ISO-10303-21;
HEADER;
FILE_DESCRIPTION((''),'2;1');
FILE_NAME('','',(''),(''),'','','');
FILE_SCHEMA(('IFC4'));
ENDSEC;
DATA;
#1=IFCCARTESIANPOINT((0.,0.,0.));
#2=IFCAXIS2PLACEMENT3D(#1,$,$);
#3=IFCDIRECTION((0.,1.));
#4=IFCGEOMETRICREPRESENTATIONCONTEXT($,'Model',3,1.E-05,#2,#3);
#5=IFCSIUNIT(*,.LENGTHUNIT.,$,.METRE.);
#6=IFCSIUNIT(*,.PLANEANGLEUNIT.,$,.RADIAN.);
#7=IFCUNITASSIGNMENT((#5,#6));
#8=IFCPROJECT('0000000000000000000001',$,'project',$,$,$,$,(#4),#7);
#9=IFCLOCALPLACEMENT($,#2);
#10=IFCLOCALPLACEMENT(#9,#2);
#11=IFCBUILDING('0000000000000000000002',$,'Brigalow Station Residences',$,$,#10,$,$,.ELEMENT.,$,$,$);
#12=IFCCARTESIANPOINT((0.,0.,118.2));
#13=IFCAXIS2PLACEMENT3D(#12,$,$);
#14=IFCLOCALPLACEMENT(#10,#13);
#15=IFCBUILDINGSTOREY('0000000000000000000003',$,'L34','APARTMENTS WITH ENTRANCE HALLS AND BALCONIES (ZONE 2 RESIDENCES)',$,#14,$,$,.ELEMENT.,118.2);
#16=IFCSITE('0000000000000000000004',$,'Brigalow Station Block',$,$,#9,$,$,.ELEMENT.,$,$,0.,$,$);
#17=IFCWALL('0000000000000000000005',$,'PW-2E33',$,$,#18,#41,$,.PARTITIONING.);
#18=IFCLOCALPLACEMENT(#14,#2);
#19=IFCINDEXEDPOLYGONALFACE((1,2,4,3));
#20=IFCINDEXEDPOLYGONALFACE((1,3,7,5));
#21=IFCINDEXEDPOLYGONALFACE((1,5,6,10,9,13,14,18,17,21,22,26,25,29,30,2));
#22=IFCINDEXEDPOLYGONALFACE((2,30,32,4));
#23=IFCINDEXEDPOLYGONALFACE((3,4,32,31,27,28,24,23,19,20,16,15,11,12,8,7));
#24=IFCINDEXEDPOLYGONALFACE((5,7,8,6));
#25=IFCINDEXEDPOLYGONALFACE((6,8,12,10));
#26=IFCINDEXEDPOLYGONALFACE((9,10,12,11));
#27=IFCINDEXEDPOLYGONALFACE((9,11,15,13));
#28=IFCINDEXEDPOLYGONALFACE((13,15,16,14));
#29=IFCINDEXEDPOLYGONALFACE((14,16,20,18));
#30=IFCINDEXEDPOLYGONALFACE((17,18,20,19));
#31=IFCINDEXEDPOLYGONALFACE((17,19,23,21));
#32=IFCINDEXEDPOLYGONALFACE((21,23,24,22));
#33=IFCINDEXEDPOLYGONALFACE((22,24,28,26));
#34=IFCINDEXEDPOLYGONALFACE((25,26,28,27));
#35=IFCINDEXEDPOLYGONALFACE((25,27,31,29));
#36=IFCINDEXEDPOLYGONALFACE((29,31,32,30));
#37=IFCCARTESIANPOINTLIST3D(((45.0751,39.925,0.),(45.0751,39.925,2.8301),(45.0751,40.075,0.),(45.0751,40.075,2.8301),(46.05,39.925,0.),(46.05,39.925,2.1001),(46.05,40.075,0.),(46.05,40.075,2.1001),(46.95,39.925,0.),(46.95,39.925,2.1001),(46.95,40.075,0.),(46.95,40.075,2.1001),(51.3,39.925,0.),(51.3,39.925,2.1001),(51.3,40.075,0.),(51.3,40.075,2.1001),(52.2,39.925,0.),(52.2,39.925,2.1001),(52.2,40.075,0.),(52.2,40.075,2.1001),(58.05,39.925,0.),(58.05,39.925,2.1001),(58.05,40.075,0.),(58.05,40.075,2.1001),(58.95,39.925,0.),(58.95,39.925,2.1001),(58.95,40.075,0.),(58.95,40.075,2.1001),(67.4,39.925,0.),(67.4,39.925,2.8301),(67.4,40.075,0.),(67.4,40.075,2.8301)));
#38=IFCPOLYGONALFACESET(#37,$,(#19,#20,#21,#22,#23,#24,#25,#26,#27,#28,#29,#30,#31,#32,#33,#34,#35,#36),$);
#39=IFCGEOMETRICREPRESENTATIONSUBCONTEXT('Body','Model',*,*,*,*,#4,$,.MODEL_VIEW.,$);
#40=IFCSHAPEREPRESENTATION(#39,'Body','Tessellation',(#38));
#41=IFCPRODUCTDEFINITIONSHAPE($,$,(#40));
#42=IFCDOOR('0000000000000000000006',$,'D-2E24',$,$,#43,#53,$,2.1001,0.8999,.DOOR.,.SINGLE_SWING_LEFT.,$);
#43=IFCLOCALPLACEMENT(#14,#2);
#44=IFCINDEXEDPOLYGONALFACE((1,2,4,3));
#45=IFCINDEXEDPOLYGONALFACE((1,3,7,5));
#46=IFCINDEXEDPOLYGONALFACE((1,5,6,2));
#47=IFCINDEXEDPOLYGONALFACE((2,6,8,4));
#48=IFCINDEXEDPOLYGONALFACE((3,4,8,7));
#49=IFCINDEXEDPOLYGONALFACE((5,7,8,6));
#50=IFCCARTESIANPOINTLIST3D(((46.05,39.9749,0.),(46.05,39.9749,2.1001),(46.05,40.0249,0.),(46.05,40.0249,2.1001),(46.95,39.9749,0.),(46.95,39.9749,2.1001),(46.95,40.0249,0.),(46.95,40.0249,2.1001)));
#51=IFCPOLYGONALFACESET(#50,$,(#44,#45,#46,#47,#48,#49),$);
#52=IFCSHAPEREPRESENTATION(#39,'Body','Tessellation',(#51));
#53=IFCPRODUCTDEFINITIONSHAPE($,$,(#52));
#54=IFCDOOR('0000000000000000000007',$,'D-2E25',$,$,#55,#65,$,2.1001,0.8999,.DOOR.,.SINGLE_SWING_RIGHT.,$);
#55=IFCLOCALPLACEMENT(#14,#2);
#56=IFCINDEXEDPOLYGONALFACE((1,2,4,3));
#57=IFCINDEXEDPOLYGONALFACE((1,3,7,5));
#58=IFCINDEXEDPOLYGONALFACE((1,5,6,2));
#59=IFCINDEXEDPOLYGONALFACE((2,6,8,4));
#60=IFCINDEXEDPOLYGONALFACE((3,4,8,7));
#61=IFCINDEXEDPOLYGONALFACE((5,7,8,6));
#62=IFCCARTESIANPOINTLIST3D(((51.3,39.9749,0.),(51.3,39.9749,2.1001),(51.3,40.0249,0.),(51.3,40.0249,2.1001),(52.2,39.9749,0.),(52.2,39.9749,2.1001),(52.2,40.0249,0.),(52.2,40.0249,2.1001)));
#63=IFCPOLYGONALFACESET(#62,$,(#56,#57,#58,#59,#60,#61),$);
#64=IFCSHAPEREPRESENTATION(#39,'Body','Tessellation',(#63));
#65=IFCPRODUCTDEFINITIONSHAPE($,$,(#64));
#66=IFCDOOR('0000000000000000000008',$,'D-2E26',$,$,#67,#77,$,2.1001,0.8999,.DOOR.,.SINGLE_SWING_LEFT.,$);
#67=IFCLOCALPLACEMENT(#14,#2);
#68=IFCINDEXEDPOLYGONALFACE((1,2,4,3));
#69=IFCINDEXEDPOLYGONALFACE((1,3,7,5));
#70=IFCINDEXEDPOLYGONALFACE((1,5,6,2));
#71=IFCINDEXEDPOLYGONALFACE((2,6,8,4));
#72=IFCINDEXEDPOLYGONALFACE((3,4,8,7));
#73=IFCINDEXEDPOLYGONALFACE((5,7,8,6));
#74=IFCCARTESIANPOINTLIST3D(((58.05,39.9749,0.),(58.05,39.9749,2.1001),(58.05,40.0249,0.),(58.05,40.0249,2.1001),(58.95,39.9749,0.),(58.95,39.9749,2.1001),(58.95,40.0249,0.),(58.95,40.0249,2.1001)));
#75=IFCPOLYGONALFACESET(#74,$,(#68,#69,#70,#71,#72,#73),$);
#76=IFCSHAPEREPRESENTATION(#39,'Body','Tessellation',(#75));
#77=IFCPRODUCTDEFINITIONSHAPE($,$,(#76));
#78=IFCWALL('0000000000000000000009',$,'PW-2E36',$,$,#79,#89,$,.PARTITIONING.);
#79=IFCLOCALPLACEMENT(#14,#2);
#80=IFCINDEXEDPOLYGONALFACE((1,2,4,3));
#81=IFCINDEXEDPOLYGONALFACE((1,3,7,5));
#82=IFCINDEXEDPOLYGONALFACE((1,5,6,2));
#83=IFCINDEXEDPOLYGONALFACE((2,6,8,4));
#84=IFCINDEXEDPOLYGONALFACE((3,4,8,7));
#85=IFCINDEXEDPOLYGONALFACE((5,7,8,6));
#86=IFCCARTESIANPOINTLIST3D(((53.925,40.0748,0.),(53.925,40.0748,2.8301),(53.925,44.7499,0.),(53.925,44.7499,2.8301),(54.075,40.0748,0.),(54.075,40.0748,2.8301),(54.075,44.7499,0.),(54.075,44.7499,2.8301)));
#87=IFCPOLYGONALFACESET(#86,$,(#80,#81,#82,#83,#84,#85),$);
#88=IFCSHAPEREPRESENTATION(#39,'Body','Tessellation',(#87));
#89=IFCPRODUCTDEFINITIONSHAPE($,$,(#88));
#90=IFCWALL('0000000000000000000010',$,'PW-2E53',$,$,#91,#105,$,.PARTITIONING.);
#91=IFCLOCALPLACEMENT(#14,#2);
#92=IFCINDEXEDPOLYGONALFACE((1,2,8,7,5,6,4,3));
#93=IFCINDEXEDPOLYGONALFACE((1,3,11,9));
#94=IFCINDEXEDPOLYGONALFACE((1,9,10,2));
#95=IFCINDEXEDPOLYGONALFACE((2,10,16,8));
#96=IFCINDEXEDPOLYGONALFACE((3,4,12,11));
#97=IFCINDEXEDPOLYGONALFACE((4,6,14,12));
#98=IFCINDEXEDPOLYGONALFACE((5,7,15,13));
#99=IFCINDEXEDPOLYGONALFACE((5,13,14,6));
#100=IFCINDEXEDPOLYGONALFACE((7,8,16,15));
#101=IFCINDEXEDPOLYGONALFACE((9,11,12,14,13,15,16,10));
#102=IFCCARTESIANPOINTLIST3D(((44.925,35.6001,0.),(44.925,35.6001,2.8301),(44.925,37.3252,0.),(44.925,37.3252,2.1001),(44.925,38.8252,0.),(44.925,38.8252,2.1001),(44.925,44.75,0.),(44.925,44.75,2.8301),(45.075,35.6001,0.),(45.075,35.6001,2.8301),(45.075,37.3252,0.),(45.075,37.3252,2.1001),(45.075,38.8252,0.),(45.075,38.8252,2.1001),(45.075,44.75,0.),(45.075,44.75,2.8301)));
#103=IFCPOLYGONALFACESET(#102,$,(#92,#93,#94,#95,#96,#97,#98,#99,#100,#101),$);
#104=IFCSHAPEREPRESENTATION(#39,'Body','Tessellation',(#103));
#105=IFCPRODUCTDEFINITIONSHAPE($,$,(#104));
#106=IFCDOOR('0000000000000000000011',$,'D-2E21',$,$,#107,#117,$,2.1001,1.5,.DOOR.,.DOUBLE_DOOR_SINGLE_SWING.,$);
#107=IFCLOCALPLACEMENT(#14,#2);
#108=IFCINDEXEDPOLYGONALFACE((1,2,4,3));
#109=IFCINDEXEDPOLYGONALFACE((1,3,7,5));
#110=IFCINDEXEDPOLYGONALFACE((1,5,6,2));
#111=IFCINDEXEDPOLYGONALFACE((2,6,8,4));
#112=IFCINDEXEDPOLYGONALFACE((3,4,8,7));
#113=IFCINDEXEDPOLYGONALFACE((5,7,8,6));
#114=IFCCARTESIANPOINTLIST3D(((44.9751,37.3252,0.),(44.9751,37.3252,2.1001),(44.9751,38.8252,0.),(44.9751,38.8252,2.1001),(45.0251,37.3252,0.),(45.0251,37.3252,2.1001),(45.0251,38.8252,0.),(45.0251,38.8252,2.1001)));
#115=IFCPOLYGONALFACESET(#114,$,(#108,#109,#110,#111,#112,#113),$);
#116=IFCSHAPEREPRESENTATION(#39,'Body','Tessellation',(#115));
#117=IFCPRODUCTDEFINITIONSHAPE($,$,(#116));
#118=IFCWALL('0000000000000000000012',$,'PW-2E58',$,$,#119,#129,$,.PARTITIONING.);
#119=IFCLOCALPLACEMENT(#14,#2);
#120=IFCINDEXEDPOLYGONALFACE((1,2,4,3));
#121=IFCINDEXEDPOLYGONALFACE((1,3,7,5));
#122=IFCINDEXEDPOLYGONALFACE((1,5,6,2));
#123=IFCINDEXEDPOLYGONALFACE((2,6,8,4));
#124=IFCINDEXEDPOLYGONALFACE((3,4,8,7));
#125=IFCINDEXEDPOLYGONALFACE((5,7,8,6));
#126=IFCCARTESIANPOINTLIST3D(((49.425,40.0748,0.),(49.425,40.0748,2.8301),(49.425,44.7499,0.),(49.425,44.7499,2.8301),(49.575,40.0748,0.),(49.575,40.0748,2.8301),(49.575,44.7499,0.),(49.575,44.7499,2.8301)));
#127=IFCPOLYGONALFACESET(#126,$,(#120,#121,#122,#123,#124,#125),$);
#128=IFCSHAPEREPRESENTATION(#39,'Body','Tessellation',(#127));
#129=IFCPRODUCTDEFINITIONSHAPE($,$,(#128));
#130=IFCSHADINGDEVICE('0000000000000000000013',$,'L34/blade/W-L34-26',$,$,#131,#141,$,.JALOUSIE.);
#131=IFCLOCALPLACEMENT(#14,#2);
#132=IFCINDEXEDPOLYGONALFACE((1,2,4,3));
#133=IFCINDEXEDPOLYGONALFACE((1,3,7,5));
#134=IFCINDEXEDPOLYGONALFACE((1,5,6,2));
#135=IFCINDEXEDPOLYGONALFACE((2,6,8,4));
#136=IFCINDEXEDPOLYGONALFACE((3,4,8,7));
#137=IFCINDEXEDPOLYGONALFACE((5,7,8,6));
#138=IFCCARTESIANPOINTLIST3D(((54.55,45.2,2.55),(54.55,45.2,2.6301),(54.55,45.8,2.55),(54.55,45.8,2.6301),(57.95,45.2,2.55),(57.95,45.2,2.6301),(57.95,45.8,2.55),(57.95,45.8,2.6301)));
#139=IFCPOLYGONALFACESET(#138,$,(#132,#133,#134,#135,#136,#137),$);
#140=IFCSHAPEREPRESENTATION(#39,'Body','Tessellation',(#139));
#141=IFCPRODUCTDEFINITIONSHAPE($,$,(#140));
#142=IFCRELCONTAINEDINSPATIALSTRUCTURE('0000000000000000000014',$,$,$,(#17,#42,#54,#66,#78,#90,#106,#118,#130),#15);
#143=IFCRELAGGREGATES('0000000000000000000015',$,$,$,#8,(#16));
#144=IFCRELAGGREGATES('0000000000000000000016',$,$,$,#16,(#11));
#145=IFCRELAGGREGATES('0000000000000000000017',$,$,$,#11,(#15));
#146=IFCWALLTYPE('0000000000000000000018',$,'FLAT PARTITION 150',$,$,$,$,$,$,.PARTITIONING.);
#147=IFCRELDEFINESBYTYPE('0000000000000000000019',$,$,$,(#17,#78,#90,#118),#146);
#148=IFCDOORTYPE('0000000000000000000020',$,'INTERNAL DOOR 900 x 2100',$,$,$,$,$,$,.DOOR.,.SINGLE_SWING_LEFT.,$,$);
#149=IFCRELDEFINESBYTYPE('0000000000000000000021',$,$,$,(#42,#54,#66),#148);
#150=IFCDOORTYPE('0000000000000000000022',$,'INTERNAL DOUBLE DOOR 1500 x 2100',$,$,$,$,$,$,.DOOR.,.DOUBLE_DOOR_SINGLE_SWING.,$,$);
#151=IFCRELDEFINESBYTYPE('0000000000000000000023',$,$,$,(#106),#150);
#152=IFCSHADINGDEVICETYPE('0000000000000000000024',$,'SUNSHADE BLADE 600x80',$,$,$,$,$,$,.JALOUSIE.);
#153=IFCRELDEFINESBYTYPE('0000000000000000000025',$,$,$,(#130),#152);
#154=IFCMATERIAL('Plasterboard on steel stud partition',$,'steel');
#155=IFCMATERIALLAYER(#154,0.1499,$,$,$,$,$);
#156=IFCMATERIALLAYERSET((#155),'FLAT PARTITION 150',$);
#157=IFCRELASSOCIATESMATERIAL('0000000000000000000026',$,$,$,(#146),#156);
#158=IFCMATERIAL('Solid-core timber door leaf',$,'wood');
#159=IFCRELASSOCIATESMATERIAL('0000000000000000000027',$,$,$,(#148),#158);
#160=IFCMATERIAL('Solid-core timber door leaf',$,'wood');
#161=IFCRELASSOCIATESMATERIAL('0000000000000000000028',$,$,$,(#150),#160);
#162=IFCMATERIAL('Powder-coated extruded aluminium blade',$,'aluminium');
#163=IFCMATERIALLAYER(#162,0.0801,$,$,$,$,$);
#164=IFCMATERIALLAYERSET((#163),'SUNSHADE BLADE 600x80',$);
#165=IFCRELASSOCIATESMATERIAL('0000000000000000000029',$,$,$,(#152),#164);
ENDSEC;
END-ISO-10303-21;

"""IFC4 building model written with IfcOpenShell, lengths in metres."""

from ifc_helpers import new_model, si_unit, direction, frame, frame_2d, origin, origin_2d, place, context, subcontext, project, spatial, rectangle, extrude, material, layer, layer_set, type_object, element, fill, save


model = new_model("IFC4")

# Units and contexts
model_context = context("Model", 3, precision=1e-05, world=origin(), true_north=direction((0.0, 1.0)))
body_context = subcontext(model_context, "Body", "Model", "MODEL_VIEW")
ifc_project = project(units=[si_unit("LENGTHUNIT", "METRE"), si_unit("PLANEANGLEUNIT", "RADIAN")], contexts=[model_context])

# Site, building, storey
site_placement = place(None, origin())
site = spatial("IfcSite", under=ifc_project, at=site_placement, Name="Brigalow Station Block", CompositionType="ELEMENT", RefElevation=0.0)
building_placement = place(site_placement, origin())
building = spatial("IfcBuilding", under=site, at=building_placement, Name="Brigalow Station Residences", CompositionType="ELEMENT")
storey_placement = place(building_placement, frame((0.0, 0.0, 118.2)))
storey = spatial("IfcBuildingStorey", under=building, at=storey_placement, Name="L34", Description="APARTMENTS WITH ENTRANCE HALLS AND BALCONIES (ZONE 2 RESIDENCES)", CompositionType="ELEMENT", Elevation=118.2)

# Wall, openings, doors
ifc_material_1 = material(Name="Plasterboard on steel stud partition", Category="steel")
ifc_layer_1 = layer(ifc_material_1, 0.1499)
ifc_layer_set_1 = layer_set([ifc_layer_1], Name="FLAT PARTITION 150")
wall_type_1 = type_object("IfcWallType", Name="FLAT PARTITION 150", PredefinedType="PARTITIONING", material=ifc_layer_set_1)
wall_1_placement = place(storey_placement, frame((45.075, 40.0, 0.0), z_axis=(0.0, 0.0, 1.0), x_axis=(1.0, 0.0, 0.0)))
wall_1 = element("IfcWall", 1, at=wall_1_placement, inside=storey, type_object=wall_type_1, Name="PW-2E33", PredefinedType="PARTITIONING", context=body_context, shape_type="SweptSolid", body=[
    extrude(rectangle(XDim=22.325, YDim=0.1499, at=frame_2d((11.1626, 0.0))), origin(), (0.0, 0.0, 1.0), 2.8301),
])
opening_1_placement = place(wall_1_placement, frame((0.9751, 0.0, 0.0)))
opening_1 = element("IfcOpeningElement", 2, at=opening_1_placement, cuts=wall_1, PredefinedType="OPENING", context=body_context, shape_type="SweptSolid", body=[
    extrude(rectangle(XDim=0.8999, YDim=2.1001, at=frame_2d((0.45, 1.05))), frame((0.0, 0.085, 0.0), z_axis=(0.0, -1.0, 0.0), x_axis=(1.0, 0.0, 0.0)), (0.0, 0.0, 1.0), 0.1699),
])
opening_2_placement = place(wall_1_placement, frame((6.2251, 0.0, 0.0)))
opening_2 = element("IfcOpeningElement", 3, at=opening_2_placement, cuts=wall_1, PredefinedType="OPENING", context=body_context, shape_type="SweptSolid", body=[
    extrude(rectangle(XDim=0.8999, YDim=2.1001, at=frame_2d((0.45, 1.05))), frame((0.0, 0.085, 0.0), z_axis=(0.0, -1.0, 0.0), x_axis=(1.0, 0.0, 0.0)), (0.0, 0.0, 1.0), 0.1699),
])
opening_3_placement = place(wall_1_placement, frame((12.9751, 0.0, 0.0)))
opening_3 = element("IfcOpeningElement", 4, at=opening_3_placement, cuts=wall_1, PredefinedType="OPENING", context=body_context, shape_type="SweptSolid", body=[
    extrude(rectangle(XDim=0.8999, YDim=2.1001, at=frame_2d((0.45, 1.05))), frame((0.0, 0.085, 0.0), z_axis=(0.0, -1.0, 0.0), x_axis=(1.0, 0.0, 0.0)), (0.0, 0.0, 1.0), 0.1699),
])
ifc_material_2 = material(Name="Solid-core timber door leaf", Category="wood")
door_type_1 = type_object("IfcDoorType", Name="INTERNAL DOOR 900 x 2100", OperationType="SINGLE_SWING_LEFT", PredefinedType="DOOR", material=ifc_material_2)
door_1_placement = place(opening_1_placement, origin())
door_1 = element("IfcDoor", 5, at=door_1_placement, inside=storey, type_object=door_type_1, Name="D-2E24", OperationType="SINGLE_SWING_LEFT", OverallHeight=2.1001, OverallWidth=0.8999, PredefinedType="DOOR", context=body_context, shape_type="SweptSolid", body=[
    extrude(rectangle(XDim=0.8999, YDim=2.1001, at=frame_2d((0.45, 1.05))), frame((0.0, 0.0249, 0.0), z_axis=(0.0, -1.0, 0.0), x_axis=(1.0, 0.0, 0.0)), (0.0, 0.0, 1.0), 0.05),
])
fill(opening_1, door_1)
door_2_placement = place(opening_2_placement, origin())
door_2 = element("IfcDoor", 6, at=door_2_placement, inside=storey, type_object=door_type_1, Name="D-2E25", OperationType="SINGLE_SWING_RIGHT", OverallHeight=2.1001, OverallWidth=0.8999, PredefinedType="DOOR", context=body_context, shape_type="SweptSolid", body=[
    extrude(rectangle(XDim=0.8999, YDim=2.1001, at=frame_2d((0.45, 1.05))), frame((0.0, 0.0249, 0.0), z_axis=(0.0, -1.0, 0.0), x_axis=(1.0, 0.0, 0.0)), (0.0, 0.0, 1.0), 0.05),
])
fill(opening_2, door_2)
door_3_placement = place(opening_3_placement, origin())
door_3 = element("IfcDoor", 7, at=door_3_placement, inside=storey, type_object=door_type_1, Name="D-2E26", OperationType="SINGLE_SWING_LEFT", OverallHeight=2.1001, OverallWidth=0.8999, PredefinedType="DOOR", context=body_context, shape_type="SweptSolid", body=[
    extrude(rectangle(XDim=0.8999, YDim=2.1001, at=frame_2d((0.45, 1.05))), frame((0.0, 0.0249, 0.0), z_axis=(0.0, -1.0, 0.0), x_axis=(1.0, 0.0, 0.0)), (0.0, 0.0, 1.0), 0.05),
])
fill(opening_3, door_3)

# Wall
wall_2_placement = place(storey_placement, frame((54.0, 40.075, 0.0), z_axis=(0.0, 0.0, 1.0), x_axis=(0.0, 1.0, 0.0)))
element("IfcWall", 8, at=wall_2_placement, inside=storey, type_object=wall_type_1, Name="PW-2E36", PredefinedType="PARTITIONING", context=body_context, shape_type="SweptSolid", body=[
    extrude(rectangle(XDim=4.675, YDim=0.1499, at=frame_2d((2.3374, 0.0))), origin(), (0.0, 0.0, 1.0), 2.8301),
])

# Wall, opening, door
wall_3_placement = place(storey_placement, frame((45.0, 35.6001, 0.0), z_axis=(0.0, 0.0, 1.0), x_axis=(0.0, 1.0, 0.0)))
wall_3 = element("IfcWall", 9, at=wall_3_placement, inside=storey, type_object=wall_type_1, Name="PW-2E53", PredefinedType="PARTITIONING", context=body_context, shape_type="SweptSolid", body=[
    extrude(rectangle(XDim=9.1499, YDim=0.1499, at=frame_2d((4.575, 0.0))), origin(), (0.0, 0.0, 1.0), 2.8301),
])
opening_4_placement = place(wall_3_placement, frame((1.7251, 0.0, 0.0)))
opening_4 = element("IfcOpeningElement", 10, at=opening_4_placement, cuts=wall_3, PredefinedType="OPENING", context=body_context, shape_type="SweptSolid", body=[
    extrude(rectangle(XDim=1.5, YDim=2.1001, at=frame_2d((0.75, 1.05))), frame((0.0, 0.085, 0.0), z_axis=(0.0, -1.0, 0.0), x_axis=(1.0, 0.0, 0.0)), (0.0, 0.0, 1.0), 0.1699),
])
ifc_material_3 = material(Name="Solid-core timber door leaf", Category="wood")
door_type_2 = type_object("IfcDoorType", Name="INTERNAL DOUBLE DOOR 1500 x 2100", OperationType="DOUBLE_DOOR_SINGLE_SWING", PredefinedType="DOOR", material=ifc_material_3)
door_4_placement = place(opening_4_placement, origin())
door_4 = element("IfcDoor", 11, at=door_4_placement, inside=storey, type_object=door_type_2, Name="D-2E21", OperationType="DOUBLE_DOOR_SINGLE_SWING", OverallHeight=2.1001, OverallWidth=1.5, PredefinedType="DOOR", context=body_context, shape_type="SweptSolid", body=[
    extrude(rectangle(XDim=1.5, YDim=2.1001, at=frame_2d((0.75, 1.05))), frame((0.0, 0.0249, 0.0), z_axis=(0.0, -1.0, 0.0), x_axis=(1.0, 0.0, 0.0)), (0.0, 0.0, 1.0), 0.05),
])
fill(opening_4, door_4)

# Wall
wall_4_placement = place(storey_placement, frame((49.5, 40.075, 0.0), z_axis=(0.0, 0.0, 1.0), x_axis=(0.0, 1.0, 0.0)))
element("IfcWall", 12, at=wall_4_placement, inside=storey, type_object=wall_type_1, Name="PW-2E58", PredefinedType="PARTITIONING", context=body_context, shape_type="SweptSolid", body=[
    extrude(rectangle(XDim=4.675, YDim=0.1499, at=frame_2d((2.3374, 0.0))), origin(), (0.0, 0.0, 1.0), 2.8301),
])

# Shading device
ifc_material_4 = material(Name="Powder-coated extruded aluminium blade", Category="aluminium")
ifc_layer_2 = layer(ifc_material_4, 0.0801)
ifc_layer_set_2 = layer_set([ifc_layer_2], Name="SUNSHADE BLADE 600x80")
shading_device_type = type_object("IfcShadingDeviceType", Name="SUNSHADE BLADE 600x80", PredefinedType="JALOUSIE", material=ifc_layer_set_2)
shading_device_placement = place(storey_placement, frame((56.25, 45.5, 2.55), z_axis=(0.0, 0.0, 1.0), x_axis=(-1.0, 0.0, 0.0)))
element("IfcShadingDevice", 13, at=shading_device_placement, inside=storey, type_object=shading_device_type, Name="L34/blade/W-L34-26", PredefinedType="JALOUSIE", context=body_context, shape_type="SweptSolid", body=[
    extrude(rectangle(XDim=3.3999, YDim=0.6001, at=origin_2d()), origin(), (0.0, 0.0, 1.0), 0.0801),
])

save(model, "model.ifc")
